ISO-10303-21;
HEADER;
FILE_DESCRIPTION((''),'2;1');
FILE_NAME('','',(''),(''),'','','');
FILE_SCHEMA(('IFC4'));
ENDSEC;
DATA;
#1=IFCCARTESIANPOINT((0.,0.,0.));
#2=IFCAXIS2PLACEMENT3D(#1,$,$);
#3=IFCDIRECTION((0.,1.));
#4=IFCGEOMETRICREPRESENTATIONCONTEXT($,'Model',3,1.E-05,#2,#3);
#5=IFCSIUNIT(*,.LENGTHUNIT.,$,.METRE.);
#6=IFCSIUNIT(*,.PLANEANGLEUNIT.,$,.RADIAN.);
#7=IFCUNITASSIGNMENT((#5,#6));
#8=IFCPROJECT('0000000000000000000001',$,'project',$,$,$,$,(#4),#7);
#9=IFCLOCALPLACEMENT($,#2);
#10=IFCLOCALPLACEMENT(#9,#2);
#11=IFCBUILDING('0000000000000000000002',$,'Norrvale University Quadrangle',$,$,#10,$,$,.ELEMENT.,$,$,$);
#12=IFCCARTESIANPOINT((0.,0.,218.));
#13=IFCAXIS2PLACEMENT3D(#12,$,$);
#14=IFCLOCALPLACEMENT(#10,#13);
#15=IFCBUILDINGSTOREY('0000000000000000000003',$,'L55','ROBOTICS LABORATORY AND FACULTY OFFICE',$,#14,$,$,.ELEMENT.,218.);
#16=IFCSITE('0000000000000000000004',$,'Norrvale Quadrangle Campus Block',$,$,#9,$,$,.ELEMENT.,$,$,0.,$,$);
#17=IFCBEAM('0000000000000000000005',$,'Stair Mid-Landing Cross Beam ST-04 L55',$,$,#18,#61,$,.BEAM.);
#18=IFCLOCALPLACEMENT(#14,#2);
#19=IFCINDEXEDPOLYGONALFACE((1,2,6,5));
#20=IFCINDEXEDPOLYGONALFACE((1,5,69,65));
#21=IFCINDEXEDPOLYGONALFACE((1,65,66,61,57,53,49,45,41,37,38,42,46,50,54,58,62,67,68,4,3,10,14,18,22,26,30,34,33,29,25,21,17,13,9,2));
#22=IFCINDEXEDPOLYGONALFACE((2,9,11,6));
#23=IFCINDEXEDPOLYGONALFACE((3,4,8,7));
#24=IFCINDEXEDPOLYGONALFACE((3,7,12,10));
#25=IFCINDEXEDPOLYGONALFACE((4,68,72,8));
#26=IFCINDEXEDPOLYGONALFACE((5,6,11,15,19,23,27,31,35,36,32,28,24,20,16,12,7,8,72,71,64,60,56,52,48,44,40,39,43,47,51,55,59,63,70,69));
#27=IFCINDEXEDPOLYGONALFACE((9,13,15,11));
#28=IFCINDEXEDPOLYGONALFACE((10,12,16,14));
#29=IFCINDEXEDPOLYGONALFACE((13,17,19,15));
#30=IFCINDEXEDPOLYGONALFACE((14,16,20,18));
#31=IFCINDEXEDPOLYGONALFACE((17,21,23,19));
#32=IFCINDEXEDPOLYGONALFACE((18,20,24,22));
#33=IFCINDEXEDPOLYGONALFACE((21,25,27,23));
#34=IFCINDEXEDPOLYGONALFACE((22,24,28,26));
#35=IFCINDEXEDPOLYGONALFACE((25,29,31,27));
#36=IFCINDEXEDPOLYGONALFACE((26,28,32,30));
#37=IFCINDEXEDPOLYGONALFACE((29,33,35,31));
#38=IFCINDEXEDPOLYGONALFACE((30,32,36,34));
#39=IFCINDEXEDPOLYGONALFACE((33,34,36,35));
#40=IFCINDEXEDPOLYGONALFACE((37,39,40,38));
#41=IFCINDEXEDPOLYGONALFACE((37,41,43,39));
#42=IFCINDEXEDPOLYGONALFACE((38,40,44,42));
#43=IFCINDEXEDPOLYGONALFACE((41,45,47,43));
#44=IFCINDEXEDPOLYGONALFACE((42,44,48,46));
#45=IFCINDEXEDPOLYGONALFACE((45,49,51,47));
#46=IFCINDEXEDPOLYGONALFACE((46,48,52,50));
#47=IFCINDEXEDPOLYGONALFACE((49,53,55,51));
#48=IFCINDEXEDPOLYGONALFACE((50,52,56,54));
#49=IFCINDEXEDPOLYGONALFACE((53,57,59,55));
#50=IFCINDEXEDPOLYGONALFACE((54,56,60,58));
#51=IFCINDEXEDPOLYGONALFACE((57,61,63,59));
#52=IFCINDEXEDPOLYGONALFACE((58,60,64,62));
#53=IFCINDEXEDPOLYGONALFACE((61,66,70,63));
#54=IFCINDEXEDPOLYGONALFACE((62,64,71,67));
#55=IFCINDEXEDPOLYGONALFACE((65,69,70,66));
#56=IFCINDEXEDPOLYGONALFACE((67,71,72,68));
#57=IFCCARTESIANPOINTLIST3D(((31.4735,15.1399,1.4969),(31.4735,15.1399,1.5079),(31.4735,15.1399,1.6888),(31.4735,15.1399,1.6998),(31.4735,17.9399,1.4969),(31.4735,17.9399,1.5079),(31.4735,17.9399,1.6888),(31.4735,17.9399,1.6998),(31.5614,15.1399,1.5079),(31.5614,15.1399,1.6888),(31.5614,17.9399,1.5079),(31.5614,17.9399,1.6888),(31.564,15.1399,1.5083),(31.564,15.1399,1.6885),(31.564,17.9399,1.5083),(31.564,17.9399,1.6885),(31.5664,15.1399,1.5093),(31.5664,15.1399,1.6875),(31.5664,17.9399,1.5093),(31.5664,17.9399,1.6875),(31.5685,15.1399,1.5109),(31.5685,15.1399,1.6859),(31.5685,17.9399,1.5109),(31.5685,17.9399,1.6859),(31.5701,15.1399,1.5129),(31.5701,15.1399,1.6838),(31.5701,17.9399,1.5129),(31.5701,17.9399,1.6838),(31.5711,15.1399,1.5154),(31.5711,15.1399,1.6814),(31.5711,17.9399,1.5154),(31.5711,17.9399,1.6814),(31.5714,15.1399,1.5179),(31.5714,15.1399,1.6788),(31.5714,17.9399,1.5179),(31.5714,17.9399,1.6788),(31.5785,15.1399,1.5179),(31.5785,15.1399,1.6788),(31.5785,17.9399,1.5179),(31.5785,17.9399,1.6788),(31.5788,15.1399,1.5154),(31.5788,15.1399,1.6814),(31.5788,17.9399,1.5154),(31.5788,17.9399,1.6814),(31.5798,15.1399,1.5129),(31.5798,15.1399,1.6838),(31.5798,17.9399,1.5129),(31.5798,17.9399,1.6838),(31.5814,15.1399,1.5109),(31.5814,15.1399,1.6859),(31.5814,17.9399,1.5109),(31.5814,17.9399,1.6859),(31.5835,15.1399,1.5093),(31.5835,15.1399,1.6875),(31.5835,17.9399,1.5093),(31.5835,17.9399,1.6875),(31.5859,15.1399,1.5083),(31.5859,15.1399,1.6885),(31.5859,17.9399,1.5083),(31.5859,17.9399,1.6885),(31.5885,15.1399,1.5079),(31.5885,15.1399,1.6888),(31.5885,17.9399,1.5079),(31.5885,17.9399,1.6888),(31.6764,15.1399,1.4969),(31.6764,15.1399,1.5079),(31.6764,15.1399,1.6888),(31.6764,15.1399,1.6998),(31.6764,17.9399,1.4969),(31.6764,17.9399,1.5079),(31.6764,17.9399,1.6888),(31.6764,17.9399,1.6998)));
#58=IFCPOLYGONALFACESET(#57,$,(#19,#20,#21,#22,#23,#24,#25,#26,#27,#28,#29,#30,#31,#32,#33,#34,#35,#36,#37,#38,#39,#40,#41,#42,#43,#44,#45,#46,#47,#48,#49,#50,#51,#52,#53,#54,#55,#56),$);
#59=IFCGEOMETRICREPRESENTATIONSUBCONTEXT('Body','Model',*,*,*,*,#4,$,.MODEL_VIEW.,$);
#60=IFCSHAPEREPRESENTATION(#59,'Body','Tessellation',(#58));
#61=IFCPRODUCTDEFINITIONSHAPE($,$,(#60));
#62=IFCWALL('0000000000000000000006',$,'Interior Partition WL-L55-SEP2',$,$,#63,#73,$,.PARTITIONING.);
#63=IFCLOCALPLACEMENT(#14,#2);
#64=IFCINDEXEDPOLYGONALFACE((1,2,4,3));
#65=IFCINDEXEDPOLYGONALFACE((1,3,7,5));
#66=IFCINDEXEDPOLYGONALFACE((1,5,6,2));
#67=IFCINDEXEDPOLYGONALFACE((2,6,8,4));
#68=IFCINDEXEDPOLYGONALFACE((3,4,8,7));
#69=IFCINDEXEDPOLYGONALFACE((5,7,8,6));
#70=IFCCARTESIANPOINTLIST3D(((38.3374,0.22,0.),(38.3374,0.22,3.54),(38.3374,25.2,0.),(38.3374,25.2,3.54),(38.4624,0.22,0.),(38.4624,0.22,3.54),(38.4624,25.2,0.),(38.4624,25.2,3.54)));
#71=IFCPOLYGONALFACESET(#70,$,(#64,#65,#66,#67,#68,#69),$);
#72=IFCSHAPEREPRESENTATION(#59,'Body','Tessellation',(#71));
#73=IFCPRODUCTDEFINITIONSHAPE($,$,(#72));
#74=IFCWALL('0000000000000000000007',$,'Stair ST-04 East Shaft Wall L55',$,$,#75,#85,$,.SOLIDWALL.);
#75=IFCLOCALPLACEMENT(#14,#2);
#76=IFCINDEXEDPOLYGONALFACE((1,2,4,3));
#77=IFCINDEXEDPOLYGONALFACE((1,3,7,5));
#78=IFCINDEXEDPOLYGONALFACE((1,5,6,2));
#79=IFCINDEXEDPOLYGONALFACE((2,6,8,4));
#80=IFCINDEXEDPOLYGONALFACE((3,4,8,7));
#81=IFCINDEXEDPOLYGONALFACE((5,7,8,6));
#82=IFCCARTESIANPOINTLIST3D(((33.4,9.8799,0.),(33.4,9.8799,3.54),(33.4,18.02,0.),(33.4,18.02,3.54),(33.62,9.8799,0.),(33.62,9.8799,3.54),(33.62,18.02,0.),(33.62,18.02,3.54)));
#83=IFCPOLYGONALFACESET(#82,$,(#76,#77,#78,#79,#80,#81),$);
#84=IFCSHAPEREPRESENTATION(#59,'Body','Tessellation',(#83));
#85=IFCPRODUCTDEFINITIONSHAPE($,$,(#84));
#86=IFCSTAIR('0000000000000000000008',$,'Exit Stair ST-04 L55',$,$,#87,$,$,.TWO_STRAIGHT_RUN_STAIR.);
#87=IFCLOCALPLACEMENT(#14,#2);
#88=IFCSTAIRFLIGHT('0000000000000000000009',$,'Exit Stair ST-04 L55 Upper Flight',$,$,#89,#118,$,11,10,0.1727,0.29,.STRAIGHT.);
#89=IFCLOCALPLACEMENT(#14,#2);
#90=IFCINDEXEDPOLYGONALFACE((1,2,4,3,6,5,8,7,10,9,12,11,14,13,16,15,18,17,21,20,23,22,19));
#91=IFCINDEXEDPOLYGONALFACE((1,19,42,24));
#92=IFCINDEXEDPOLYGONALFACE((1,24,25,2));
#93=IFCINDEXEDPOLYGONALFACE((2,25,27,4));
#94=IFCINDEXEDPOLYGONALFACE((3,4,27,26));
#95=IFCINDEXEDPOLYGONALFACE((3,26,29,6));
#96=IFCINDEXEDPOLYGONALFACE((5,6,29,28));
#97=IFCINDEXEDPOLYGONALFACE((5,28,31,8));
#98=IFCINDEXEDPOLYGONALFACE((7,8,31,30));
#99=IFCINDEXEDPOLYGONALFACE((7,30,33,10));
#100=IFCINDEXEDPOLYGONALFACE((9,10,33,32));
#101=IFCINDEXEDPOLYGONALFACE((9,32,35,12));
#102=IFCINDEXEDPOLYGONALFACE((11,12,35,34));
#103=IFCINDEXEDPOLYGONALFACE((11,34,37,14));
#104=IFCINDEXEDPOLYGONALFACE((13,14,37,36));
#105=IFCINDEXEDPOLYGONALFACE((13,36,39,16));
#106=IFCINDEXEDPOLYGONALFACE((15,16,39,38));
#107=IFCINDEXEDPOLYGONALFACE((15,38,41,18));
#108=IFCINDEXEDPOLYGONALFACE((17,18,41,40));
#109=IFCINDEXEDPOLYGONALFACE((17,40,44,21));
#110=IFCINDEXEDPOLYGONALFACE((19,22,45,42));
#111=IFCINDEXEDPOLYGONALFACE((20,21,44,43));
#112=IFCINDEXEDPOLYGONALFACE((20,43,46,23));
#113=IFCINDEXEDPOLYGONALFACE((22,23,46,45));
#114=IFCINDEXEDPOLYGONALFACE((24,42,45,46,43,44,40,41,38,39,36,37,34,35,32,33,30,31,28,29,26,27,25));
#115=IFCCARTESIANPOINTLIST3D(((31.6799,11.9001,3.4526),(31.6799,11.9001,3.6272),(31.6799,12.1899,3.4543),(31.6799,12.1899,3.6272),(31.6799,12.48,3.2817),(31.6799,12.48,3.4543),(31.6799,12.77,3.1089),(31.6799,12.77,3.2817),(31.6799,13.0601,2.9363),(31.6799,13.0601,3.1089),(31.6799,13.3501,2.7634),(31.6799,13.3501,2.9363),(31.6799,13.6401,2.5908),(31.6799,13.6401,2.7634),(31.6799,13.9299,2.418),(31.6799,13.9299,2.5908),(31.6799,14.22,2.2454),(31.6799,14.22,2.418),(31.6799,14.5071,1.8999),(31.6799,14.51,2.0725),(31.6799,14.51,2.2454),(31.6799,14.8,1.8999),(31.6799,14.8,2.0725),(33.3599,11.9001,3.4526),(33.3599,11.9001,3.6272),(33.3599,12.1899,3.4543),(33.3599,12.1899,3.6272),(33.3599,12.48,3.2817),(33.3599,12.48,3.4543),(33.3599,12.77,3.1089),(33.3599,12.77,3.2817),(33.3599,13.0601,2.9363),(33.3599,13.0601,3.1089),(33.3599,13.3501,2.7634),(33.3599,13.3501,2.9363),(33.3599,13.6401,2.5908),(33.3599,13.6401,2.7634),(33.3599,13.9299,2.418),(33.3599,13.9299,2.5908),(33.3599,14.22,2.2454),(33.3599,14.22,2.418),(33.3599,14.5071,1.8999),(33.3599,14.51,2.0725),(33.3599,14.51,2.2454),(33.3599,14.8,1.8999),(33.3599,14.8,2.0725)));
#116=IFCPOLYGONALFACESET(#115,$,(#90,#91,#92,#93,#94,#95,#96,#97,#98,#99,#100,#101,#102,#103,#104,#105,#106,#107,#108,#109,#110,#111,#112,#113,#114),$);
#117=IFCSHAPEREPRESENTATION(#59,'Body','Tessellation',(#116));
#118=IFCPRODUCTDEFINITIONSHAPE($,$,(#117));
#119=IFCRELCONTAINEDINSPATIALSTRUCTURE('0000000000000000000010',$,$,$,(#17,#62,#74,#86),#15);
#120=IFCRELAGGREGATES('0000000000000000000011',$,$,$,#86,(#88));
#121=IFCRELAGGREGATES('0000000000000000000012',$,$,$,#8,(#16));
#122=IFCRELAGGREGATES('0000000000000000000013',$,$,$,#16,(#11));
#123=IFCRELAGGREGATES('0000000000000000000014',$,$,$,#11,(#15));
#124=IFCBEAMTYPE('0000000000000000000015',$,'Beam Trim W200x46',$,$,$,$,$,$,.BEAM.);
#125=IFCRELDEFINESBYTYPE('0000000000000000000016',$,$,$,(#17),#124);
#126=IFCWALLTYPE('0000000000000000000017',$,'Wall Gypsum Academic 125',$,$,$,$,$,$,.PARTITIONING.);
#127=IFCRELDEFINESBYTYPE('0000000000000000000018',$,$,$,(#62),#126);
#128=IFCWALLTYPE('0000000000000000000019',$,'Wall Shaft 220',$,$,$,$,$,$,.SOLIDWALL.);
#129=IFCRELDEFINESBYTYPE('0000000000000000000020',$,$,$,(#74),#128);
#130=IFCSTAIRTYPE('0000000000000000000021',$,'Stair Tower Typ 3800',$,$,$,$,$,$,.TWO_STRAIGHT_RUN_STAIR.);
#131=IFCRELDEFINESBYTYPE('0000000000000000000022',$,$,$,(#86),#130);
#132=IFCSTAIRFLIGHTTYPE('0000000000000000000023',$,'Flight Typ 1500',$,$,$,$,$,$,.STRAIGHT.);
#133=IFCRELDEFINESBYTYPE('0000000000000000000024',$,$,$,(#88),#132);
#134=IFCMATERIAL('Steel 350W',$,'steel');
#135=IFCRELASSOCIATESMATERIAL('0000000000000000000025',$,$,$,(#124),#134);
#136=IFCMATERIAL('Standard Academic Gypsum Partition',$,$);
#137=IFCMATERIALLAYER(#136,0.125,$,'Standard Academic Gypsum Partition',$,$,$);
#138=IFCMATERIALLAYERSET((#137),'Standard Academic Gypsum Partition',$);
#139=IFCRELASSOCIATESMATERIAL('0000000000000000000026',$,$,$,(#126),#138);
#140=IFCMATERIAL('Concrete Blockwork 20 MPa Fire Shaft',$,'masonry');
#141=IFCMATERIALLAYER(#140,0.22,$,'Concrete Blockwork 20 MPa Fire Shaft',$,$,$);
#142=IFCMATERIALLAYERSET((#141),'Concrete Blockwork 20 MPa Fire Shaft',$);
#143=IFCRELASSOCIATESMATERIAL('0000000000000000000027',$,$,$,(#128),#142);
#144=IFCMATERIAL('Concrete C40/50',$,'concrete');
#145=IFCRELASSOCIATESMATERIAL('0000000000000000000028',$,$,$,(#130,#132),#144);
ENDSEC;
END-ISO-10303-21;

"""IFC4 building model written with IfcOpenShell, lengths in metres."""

from ifc_helpers import new_model, si_unit, direction, frame, frame_2d, origin, origin_2d, place, context, subcontext, project, spatial, polyline, rectangle, i_section, outline, extrude, material, layer, layer_set, material_profile, profile_set, type_object, element, aggregate, save


model = new_model("IFC4")

# Units and contexts
model_context = context("Model", 3, precision=1e-05, world=origin(), true_north=direction((0.0, 1.0)))
body_context = subcontext(model_context, "Body", "Model", "MODEL_VIEW")
ifc_project = project(units=[si_unit("LENGTHUNIT", "METRE"), si_unit("PLANEANGLEUNIT", "RADIAN")], contexts=[model_context])

# Site, building, storey
site_placement = place(None, origin())
site = spatial("IfcSite", under=ifc_project, at=site_placement, Name="Norrvale Quadrangle Campus Block", CompositionType="ELEMENT", RefElevation=0.0)
building_placement = place(site_placement, origin())
building = spatial("IfcBuilding", under=site, at=building_placement, Name="Norrvale University Quadrangle", CompositionType="ELEMENT")
storey_placement = place(building_placement, frame((0.0, 0.0, 218.0)))
storey = spatial("IfcBuildingStorey", under=building, at=storey_placement, Name="L55", Description="ROBOTICS LABORATORY AND FACULTY OFFICE", CompositionType="ELEMENT", Elevation=218.0)

# Beam
ifc_material_1 = material(Name="Steel 350W", Category="steel")
ifc_material_profile_1 = material_profile(ifc_material_1, i_section(OverallWidth=0.2029, OverallDepth=0.2029, WebThickness=0.0071, FlangeThickness=0.011, FilletRadius=0.01, at=origin_2d()), Name="Steel 350W")
ifc_profile_set_1 = profile_set([ifc_material_profile_1], Name="Steel 350W")
beam_type_1 = type_object("IfcBeamType", Name="Beam Trim W200x46", PredefinedType="BEAM", material=ifc_profile_set_1)
beam_1_placement = place(storey_placement, frame((31.575, 15.1399, 1.5984), z_axis=(0.0, 1.0, 0.0), x_axis=(-1.0, 0.0, 0.0)))
element("IfcBeam", 1, at=beam_1_placement, inside=storey, type_object=beam_type_1, Name="Stair Mid-Landing Cross Beam ST-04 L55", PredefinedType="BEAM", context=body_context, shape_type="SweptSolid", body=[
    extrude(i_section(OverallWidth=0.2029, OverallDepth=0.2029, WebThickness=0.0071, FlangeThickness=0.011, FilletRadius=0.01, at=origin_2d()), origin(), (0.0, 0.0, 1.0), 2.8),
])

# Walls
ifc_material_2 = material(Name="Standard Academic Gypsum Partition")
ifc_layer_1 = layer(ifc_material_2, 0.125, Name="Standard Academic Gypsum Partition")
ifc_layer_set_1 = layer_set([ifc_layer_1], Name="Standard Academic Gypsum Partition")
wall_type_1 = type_object("IfcWallType", Name="Wall Gypsum Academic 125", PredefinedType="PARTITIONING", material=ifc_layer_set_1)
wall_1_placement = place(storey_placement, frame((38.3999, 0.22, 0.0), z_axis=(0.0, 0.0, 1.0), x_axis=(0.0, 1.0, 0.0)))
element("IfcWall", 2, at=wall_1_placement, inside=storey, type_object=wall_type_1, Name="Interior Partition WL-L55-SEP2", PredefinedType="PARTITIONING", context=body_context, shape_type="SweptSolid", body=[
    extrude(rectangle(XDim=24.98, YDim=0.125, at=frame_2d((12.49, 0.0))), origin(), (0.0, 0.0, 1.0), 3.54),
])
ifc_material_3 = material(Name="Concrete Blockwork 20 MPa Fire Shaft", Category="masonry")
ifc_layer_2 = layer(ifc_material_3, 0.22, Name="Concrete Blockwork 20 MPa Fire Shaft")
ifc_layer_set_2 = layer_set([ifc_layer_2], Name="Concrete Blockwork 20 MPa Fire Shaft")
wall_type_2 = type_object("IfcWallType", Name="Wall Shaft 220", PredefinedType="SOLIDWALL", material=ifc_layer_set_2)
wall_2_placement = place(storey_placement, frame((33.51, 9.8799, 0.0), z_axis=(0.0, 0.0, 1.0), x_axis=(0.0, 1.0, 0.0)))
element("IfcWall", 3, at=wall_2_placement, inside=storey, type_object=wall_type_2, Name="Stair ST-04 East Shaft Wall L55", PredefinedType="SOLIDWALL", context=body_context, shape_type="SweptSolid", body=[
    extrude(rectangle(XDim=8.1401, YDim=0.22, at=frame_2d((4.0701, 0.0))), origin(), (0.0, 0.0, 1.0), 3.54),
])

# Stair, stair flight
ifc_material_4 = material(Name="Concrete C40/50", Category="concrete")
stair_type = type_object("IfcStairType", Name="Stair Tower Typ 3800", PredefinedType="TWO_STRAIGHT_RUN_STAIR", material=ifc_material_4)
stair_placement = place(storey_placement, origin())
stair = element("IfcStair", 4, at=stair_placement, inside=storey, type_object=stair_type, Name="Exit Stair ST-04 L55", PredefinedType="TWO_STRAIGHT_RUN_STAIR")
stair_flight_type = type_object("IfcStairFlightType", Name="Flight Typ 1500", PredefinedType="STRAIGHT", material=ifc_material_4)
stair_flight_placement = place(storey_placement, frame((32.52, 14.8, 1.8999), z_axis=(0.0, 0.0, 1.0), x_axis=(0.0, -1.0, 0.0)))
stair_flight = element("IfcStairFlight", 5, at=stair_flight_placement, type_object=stair_flight_type, Name="Exit Stair ST-04 L55 Upper Flight", NumberOfRisers=11, NumberOfTreads=10, PredefinedType="STRAIGHT", RiserHeight=0.1727, TreadLength=0.29, context=body_context, shape_type="SweptSolid", body=[
    extrude(outline(polyline([(0.0, 0.0), (0.0, 0.1726), (0.29, 0.1726), (0.29, 0.3455), (0.5801, 0.3455), (0.5801, 0.5181), (0.8701, 0.5181), (0.8701, 0.6909), (1.1599, 0.6909), (1.1599, 0.8635), (1.45, 0.8635), (1.45, 1.0364), (1.74, 1.0364), (1.74, 1.209), (2.03, 1.209), (2.03, 1.3818), (2.3201, 1.3818), (2.3201, 1.5544), (2.6101, 1.5544), (2.6101, 1.7273), (2.8999, 1.7273), (2.8999, 1.8999), (2.8999, 1.5527), (0.293, 0.0), (0.0, 0.0)])), frame((0.0, 0.8398, 0.0), z_axis=(0.0, -1.0, 0.0), x_axis=(1.0, 0.0, 0.0)), (0.0, 0.0, 1.0), 1.6799),
])
aggregate(stair, [stair_flight])

save(model, "model.ifc")
